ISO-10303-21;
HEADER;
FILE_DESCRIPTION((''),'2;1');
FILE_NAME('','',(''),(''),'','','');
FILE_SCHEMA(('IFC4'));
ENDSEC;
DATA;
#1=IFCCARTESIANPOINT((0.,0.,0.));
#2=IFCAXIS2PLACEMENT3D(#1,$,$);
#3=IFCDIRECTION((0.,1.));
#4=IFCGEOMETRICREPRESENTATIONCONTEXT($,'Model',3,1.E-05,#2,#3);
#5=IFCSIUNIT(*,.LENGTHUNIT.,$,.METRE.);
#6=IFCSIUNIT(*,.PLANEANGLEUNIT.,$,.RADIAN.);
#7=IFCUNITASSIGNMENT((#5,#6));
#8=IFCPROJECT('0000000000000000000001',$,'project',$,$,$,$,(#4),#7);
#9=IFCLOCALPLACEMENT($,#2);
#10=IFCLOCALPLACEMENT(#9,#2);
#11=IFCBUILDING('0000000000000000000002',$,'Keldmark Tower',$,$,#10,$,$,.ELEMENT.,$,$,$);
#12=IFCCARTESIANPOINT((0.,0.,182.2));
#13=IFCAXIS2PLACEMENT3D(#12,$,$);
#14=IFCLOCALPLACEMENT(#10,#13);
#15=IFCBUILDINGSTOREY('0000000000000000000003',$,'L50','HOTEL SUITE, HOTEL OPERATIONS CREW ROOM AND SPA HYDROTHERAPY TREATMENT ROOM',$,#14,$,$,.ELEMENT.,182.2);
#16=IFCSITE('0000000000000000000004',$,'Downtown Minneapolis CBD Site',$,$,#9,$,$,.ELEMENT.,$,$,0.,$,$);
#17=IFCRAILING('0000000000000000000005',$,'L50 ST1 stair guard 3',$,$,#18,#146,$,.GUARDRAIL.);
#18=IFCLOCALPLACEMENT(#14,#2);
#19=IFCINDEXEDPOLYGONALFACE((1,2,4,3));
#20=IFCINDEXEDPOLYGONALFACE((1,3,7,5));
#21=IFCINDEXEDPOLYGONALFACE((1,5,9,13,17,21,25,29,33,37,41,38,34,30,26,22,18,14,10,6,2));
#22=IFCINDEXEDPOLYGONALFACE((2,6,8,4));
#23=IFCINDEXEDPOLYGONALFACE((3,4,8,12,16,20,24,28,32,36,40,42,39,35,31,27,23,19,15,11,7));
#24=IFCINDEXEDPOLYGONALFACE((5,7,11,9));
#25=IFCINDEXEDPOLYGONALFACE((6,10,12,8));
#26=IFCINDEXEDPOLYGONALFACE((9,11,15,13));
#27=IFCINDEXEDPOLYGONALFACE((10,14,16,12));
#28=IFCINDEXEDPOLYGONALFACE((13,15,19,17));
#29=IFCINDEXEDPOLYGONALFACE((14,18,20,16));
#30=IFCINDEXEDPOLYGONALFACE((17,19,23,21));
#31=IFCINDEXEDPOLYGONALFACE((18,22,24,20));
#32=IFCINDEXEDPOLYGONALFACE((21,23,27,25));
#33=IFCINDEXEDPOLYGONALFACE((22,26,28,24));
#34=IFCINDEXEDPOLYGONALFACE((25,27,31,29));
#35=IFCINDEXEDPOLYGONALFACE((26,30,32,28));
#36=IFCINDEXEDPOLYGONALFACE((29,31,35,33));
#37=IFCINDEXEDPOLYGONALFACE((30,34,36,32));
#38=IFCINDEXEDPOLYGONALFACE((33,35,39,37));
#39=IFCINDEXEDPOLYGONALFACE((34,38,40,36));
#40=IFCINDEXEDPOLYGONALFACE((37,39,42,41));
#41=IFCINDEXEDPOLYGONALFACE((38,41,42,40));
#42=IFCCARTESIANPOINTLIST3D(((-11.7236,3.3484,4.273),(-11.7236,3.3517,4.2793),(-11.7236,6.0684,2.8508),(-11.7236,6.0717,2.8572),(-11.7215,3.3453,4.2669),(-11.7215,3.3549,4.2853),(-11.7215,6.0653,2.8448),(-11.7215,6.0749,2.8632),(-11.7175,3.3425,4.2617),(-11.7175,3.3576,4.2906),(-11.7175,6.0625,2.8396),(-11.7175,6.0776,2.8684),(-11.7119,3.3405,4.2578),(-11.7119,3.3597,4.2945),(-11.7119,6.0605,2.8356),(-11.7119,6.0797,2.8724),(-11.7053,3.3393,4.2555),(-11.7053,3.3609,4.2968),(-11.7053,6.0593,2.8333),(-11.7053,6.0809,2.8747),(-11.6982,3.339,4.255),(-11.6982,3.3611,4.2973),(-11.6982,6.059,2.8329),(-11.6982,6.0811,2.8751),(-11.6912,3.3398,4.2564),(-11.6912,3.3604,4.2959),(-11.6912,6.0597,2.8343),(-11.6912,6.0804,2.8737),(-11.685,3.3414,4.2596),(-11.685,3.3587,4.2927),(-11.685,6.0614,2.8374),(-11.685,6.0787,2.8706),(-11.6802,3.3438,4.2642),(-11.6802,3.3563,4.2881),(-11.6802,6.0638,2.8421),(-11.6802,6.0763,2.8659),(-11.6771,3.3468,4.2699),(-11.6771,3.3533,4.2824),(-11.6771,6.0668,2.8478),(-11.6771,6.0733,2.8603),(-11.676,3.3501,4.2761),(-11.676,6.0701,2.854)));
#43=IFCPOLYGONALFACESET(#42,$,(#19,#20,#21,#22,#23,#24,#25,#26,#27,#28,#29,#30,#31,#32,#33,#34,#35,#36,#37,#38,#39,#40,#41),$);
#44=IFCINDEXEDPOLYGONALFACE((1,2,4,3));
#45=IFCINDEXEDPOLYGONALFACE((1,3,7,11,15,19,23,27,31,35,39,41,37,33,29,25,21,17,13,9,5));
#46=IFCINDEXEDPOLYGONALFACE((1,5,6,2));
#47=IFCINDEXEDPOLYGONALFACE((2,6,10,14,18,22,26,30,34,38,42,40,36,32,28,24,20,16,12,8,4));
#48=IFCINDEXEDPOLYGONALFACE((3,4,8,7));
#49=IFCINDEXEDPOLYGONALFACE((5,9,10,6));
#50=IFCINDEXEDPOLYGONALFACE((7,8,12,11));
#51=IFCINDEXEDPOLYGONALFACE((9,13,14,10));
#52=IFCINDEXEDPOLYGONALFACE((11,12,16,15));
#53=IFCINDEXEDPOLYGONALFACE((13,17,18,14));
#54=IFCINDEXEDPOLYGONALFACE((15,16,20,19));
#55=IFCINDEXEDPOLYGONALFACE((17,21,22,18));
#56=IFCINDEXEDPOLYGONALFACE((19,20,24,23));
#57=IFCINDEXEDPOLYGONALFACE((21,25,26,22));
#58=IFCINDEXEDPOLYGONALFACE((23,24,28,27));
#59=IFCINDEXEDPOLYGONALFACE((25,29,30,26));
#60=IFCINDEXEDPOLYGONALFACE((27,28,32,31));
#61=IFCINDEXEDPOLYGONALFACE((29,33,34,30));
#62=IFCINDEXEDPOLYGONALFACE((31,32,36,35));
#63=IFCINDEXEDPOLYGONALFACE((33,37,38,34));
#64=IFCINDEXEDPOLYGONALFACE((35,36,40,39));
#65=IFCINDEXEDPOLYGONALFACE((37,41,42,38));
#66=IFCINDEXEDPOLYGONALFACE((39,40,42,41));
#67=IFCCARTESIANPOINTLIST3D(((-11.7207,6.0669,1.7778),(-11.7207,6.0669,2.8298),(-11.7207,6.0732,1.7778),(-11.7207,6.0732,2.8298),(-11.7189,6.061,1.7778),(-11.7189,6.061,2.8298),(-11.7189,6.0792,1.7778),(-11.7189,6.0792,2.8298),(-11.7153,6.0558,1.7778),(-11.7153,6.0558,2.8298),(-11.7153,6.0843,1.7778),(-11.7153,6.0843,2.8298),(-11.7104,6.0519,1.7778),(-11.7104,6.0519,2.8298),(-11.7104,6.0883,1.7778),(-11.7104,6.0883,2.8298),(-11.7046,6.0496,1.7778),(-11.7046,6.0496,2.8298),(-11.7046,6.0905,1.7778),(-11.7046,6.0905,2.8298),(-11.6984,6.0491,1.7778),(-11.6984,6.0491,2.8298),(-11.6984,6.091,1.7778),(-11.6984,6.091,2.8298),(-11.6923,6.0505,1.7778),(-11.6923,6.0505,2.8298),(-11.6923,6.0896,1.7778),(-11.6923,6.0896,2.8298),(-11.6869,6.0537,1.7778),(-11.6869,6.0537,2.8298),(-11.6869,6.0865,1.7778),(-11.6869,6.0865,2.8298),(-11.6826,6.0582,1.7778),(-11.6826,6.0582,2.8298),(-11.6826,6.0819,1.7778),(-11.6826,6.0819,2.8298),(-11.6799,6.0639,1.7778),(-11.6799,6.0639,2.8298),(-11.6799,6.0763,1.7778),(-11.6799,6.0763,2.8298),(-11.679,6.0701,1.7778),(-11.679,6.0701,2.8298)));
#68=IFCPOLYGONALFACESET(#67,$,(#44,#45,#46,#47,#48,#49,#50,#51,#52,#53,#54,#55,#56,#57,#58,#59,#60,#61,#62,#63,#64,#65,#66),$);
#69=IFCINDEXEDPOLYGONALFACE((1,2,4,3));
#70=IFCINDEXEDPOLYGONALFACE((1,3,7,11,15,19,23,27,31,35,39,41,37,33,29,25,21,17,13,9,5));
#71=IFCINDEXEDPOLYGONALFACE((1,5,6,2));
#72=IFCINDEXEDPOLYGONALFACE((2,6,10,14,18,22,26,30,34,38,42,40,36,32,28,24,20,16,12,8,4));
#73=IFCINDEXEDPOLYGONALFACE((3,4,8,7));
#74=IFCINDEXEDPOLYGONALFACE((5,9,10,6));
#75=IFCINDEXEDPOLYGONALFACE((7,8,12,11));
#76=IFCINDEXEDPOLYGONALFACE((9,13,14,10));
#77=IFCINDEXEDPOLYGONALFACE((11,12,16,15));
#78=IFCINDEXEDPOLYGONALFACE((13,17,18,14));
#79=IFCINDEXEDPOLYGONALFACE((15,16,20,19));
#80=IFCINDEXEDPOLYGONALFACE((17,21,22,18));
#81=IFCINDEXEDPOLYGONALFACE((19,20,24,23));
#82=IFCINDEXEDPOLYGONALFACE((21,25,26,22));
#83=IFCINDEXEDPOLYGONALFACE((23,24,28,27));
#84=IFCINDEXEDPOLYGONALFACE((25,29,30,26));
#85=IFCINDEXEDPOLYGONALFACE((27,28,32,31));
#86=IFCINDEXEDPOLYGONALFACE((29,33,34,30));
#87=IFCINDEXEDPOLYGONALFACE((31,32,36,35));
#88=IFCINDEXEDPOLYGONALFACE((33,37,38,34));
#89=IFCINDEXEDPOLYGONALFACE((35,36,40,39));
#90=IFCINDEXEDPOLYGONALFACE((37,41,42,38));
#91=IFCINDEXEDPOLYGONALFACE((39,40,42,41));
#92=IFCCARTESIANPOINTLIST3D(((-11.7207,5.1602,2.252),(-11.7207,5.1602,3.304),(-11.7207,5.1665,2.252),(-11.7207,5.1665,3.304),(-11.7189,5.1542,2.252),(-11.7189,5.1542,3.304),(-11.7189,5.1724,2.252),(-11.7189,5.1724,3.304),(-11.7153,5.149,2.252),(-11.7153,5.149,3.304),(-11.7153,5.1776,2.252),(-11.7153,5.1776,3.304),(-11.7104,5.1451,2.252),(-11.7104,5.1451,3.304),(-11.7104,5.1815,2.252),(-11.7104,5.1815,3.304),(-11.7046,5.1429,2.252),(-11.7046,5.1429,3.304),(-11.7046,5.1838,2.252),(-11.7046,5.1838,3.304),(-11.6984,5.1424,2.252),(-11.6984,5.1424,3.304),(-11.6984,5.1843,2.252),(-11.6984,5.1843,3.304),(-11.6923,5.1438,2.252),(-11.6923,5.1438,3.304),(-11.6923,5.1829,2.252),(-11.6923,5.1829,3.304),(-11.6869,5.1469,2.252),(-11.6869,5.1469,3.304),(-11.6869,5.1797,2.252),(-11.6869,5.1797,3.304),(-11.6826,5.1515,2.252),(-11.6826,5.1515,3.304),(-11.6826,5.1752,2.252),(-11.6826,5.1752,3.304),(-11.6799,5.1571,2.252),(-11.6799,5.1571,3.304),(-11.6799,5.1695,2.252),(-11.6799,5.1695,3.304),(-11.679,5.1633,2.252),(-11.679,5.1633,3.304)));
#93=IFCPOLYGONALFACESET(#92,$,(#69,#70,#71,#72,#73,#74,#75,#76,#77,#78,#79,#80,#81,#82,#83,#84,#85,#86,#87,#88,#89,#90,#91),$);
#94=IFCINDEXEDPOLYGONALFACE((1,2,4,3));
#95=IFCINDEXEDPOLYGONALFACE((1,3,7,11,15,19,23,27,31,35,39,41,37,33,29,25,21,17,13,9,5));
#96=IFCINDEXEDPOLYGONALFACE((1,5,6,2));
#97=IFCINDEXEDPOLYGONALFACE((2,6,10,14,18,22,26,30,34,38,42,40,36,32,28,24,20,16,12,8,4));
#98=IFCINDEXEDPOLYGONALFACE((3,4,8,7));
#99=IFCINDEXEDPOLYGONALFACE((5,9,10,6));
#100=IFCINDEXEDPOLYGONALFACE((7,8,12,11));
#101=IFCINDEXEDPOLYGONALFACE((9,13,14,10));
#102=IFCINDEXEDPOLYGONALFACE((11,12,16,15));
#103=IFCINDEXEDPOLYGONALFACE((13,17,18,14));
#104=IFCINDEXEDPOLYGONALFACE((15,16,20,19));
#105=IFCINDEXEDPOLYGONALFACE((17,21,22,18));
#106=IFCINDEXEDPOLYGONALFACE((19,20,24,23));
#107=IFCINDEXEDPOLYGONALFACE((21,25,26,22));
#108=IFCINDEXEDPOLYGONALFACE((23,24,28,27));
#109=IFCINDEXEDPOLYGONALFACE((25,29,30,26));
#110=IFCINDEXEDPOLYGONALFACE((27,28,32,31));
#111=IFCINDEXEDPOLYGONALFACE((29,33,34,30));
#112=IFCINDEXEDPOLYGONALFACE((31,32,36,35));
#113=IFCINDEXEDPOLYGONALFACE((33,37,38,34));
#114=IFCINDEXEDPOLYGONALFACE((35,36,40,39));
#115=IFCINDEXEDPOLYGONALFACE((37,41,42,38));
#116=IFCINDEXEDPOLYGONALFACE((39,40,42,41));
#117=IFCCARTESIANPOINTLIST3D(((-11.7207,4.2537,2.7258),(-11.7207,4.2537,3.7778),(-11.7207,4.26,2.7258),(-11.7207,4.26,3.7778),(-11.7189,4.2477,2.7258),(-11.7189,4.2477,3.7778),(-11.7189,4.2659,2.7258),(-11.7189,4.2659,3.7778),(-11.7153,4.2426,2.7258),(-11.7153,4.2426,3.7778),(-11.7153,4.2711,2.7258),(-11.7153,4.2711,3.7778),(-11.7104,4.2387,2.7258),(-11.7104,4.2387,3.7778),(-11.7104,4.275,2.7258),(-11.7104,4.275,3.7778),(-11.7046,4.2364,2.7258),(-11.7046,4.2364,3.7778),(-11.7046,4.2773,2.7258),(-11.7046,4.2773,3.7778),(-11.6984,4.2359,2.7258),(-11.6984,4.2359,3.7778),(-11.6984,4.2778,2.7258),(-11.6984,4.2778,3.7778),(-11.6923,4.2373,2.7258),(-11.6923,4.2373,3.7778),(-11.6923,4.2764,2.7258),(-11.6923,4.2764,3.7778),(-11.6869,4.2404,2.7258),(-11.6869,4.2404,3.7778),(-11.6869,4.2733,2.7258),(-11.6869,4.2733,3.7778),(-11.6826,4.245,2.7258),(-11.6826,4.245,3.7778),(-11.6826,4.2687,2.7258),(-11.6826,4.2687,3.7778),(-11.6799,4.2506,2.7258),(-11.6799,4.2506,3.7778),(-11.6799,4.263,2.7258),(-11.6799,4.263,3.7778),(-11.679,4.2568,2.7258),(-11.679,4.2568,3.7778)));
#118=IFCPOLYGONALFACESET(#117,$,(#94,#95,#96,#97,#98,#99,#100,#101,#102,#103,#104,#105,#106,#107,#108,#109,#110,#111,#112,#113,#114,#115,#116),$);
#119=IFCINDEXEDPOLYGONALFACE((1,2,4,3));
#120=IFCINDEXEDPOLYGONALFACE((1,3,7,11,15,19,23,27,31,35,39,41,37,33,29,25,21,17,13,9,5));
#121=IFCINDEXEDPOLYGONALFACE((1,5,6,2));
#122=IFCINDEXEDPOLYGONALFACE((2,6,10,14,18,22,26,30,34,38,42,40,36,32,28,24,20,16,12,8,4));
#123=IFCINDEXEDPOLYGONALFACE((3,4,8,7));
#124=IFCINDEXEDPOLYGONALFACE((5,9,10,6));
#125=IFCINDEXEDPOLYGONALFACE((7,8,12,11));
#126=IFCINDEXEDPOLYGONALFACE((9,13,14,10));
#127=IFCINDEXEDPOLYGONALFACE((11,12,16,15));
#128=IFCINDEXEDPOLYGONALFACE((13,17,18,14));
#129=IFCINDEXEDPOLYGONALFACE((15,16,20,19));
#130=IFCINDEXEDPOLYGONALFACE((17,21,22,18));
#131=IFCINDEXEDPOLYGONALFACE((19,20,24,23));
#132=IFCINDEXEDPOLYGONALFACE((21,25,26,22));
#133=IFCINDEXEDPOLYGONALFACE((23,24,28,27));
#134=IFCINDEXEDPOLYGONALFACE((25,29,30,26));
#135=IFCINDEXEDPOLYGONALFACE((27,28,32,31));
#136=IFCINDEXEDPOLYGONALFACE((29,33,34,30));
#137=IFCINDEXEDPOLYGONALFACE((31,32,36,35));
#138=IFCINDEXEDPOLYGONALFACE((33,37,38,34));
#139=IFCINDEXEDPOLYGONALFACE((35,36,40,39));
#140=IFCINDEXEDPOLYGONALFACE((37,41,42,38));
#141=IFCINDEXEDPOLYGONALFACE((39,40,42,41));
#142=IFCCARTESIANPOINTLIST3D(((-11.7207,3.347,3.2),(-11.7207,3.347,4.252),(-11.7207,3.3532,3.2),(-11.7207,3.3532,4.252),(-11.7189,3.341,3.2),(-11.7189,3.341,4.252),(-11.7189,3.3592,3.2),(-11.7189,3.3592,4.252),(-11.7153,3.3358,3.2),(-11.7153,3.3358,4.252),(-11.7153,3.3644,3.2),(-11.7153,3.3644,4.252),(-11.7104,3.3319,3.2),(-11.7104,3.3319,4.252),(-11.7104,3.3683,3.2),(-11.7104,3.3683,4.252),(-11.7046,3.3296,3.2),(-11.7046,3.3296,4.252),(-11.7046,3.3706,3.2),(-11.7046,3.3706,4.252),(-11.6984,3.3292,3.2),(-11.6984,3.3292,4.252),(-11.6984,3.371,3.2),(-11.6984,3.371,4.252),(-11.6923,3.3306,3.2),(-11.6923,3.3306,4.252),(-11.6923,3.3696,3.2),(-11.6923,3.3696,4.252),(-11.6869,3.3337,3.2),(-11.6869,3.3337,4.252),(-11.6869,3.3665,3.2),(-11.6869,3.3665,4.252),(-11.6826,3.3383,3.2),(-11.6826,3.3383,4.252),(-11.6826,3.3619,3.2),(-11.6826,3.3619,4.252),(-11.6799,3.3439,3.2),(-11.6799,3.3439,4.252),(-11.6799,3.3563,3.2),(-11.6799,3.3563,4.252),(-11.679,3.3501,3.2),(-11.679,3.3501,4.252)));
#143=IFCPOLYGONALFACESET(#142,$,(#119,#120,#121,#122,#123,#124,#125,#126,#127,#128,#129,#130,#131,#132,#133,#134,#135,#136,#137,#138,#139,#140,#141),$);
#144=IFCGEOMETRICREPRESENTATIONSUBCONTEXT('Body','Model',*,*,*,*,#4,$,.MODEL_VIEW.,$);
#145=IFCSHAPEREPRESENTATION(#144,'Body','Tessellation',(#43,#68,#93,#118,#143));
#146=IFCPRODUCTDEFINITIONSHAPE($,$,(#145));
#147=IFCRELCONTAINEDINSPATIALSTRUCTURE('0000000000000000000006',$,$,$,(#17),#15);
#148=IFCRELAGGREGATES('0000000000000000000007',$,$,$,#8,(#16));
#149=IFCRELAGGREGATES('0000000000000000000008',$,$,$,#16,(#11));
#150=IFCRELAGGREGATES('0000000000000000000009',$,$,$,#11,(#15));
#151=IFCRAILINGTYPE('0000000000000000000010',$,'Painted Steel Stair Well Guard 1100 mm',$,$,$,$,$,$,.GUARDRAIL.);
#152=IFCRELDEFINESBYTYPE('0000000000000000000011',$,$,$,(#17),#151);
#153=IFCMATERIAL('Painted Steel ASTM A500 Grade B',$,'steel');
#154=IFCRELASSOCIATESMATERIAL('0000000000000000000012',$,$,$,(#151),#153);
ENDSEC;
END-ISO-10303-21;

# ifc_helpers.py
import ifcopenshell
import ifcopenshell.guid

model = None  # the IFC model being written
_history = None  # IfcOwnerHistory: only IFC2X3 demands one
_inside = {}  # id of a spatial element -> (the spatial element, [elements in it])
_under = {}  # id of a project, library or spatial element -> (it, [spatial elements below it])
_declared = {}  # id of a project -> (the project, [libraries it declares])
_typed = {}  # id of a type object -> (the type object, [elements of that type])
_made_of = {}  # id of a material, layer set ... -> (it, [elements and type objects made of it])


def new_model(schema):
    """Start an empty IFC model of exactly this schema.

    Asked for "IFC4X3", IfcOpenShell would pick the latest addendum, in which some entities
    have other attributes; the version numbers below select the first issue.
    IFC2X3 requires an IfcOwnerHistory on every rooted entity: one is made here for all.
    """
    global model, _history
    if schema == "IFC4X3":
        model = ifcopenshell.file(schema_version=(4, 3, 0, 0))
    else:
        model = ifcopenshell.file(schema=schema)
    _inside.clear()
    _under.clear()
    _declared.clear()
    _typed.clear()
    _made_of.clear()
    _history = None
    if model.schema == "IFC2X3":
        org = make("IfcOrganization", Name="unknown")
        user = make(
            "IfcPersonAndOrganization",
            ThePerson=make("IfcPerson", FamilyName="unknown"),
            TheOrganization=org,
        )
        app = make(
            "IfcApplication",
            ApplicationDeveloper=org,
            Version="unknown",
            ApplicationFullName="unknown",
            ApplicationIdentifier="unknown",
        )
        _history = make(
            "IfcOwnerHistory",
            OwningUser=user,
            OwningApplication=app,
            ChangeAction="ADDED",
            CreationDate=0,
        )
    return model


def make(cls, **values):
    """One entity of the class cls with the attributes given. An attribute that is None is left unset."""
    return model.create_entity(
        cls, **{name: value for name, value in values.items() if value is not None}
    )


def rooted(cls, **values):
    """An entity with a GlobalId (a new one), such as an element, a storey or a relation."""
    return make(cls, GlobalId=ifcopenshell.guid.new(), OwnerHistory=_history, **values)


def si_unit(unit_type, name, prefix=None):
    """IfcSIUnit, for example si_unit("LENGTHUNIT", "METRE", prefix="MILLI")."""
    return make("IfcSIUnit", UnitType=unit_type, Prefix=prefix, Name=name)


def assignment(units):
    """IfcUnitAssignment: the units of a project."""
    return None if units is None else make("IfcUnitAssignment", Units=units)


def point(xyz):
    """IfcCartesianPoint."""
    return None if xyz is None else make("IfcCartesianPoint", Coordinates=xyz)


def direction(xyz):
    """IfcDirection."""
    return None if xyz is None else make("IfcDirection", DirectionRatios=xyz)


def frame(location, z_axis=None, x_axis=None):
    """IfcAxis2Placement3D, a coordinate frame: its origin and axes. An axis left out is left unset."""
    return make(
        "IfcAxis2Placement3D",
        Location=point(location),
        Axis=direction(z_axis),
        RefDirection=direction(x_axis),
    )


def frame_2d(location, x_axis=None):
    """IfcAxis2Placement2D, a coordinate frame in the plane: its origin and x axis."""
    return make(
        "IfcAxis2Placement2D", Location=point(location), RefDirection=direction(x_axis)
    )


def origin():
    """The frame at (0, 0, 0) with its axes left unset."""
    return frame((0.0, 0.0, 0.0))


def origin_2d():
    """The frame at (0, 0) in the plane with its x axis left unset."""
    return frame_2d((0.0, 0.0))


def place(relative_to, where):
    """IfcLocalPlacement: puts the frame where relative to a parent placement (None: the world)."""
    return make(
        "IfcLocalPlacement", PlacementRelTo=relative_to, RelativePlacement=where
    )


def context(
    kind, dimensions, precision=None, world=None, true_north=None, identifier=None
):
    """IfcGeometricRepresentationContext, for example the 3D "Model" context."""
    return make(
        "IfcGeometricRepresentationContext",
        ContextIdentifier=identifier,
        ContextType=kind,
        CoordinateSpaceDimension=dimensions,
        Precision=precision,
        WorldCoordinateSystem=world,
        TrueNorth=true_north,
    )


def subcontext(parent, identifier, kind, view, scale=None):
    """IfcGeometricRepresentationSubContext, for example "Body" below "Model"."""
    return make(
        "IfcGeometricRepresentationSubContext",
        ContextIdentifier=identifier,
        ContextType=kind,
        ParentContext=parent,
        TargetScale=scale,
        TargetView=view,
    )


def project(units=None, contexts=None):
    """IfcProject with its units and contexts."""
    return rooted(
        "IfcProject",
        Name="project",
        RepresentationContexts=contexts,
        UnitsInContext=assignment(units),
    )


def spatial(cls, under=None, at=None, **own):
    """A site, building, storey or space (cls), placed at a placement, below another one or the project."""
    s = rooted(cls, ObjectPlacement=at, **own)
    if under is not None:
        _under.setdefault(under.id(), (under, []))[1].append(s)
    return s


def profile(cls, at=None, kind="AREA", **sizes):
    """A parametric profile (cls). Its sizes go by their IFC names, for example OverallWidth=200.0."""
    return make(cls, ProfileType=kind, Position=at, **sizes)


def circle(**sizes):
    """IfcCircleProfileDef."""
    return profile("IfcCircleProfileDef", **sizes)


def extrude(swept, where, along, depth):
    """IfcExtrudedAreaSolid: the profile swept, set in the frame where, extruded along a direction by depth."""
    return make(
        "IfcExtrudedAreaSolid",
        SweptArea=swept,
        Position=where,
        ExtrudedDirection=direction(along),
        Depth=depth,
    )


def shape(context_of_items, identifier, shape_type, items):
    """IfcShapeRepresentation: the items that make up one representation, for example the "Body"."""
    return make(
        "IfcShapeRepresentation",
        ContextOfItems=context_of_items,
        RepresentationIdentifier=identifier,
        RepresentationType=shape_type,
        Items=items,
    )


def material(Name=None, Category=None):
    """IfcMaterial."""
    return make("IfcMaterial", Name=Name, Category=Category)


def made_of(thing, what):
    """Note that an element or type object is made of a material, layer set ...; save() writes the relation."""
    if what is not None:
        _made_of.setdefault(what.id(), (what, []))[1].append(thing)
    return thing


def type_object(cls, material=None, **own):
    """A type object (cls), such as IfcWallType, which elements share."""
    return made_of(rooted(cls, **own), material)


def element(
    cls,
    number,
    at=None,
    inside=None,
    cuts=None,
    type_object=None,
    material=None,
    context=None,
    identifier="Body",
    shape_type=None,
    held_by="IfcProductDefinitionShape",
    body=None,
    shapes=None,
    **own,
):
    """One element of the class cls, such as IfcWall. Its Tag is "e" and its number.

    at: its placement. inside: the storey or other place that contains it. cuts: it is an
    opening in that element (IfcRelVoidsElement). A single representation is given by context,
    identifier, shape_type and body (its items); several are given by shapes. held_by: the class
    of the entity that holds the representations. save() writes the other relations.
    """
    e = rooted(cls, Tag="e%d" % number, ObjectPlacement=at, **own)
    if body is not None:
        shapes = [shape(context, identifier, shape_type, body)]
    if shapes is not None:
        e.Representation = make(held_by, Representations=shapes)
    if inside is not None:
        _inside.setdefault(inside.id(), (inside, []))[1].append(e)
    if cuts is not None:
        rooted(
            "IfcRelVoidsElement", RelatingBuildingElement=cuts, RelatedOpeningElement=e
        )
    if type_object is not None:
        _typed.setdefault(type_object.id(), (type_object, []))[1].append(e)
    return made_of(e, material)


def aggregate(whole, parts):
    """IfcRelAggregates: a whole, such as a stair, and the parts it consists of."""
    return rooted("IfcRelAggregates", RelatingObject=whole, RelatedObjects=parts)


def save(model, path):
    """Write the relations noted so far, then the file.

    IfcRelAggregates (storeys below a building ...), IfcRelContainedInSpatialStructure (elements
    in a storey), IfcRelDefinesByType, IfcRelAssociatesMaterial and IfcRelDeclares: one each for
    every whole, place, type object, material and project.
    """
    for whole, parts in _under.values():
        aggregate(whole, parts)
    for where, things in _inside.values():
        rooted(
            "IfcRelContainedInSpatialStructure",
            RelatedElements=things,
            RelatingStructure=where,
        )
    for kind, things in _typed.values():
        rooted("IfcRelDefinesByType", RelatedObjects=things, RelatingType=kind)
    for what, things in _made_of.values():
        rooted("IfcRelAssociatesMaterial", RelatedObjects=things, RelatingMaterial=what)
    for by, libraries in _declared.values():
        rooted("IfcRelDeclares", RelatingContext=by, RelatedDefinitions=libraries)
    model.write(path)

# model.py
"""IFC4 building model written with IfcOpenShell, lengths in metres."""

from ifc_helpers import new_model, si_unit, direction, frame, origin, origin_2d, place, context, subcontext, project, spatial, circle, extrude, material, type_object, element, save


model = new_model("IFC4")

# Units and contexts
model_context = context("Model", 3, precision=1e-05, world=origin(), true_north=direction((0.0, 1.0)))
body_context = subcontext(model_context, "Body", "Model", "MODEL_VIEW")
ifc_project = project(units=[si_unit("LENGTHUNIT", "METRE"), si_unit("PLANEANGLEUNIT", "RADIAN")], contexts=[model_context])

# Site, building, storey
site_placement = place(None, origin())
site = spatial("IfcSite", under=ifc_project, at=site_placement, Name="Downtown Minneapolis CBD Site", CompositionType="ELEMENT", RefElevation=0.0)
building_placement = place(site_placement, origin())
building = spatial("IfcBuilding", under=site, at=building_placement, Name="Keldmark Tower", CompositionType="ELEMENT")
storey_placement = place(building_placement, frame((0.0, 0.0, 182.2)))
storey = spatial("IfcBuildingStorey", under=building, at=storey_placement, Name="L50", Description="HOTEL SUITE, HOTEL OPERATIONS CREW ROOM AND SPA HYDROTHERAPY TREATMENT ROOM", CompositionType="ELEMENT", Elevation=182.2)

# Railing
ifc_material_1 = material(Name="Painted Steel ASTM A500 Grade B", Category="steel")
railing_type_1 = type_object("IfcRailingType", Name="Painted Steel Stair Well Guard 1100 mm", PredefinedType="GUARDRAIL", material=ifc_material_1)
railing_1_placement = place(storey_placement, frame((-11.7, 6.0701, 1.7778)))
element("IfcRailing", 1, at=railing_1_placement, inside=storey, type_object=railing_type_1, Name="L50 ST1 stair guard 3", PredefinedType="GUARDRAIL", context=body_context, shape_type="SweptSolid", body=[
    extrude(circle(Radius=0.0239, at=origin_2d()), frame((0.0, 0.0, 1.0762), z_axis=(0.0, -0.886183, 0.463335), x_axis=(1.0, 0.0, 0.0)), (0.0, 0.0, 1.0), 3.0693),
    extrude(circle(Radius=0.021, at=origin_2d()), origin(), (0.0, 0.0, 1.0), 1.052),
    extrude(circle(Radius=0.021, at=origin_2d()), frame((0.0, -0.9067, 0.4741)), (0.0, 0.0, 1.0), 1.052),
    extrude(circle(Radius=0.021, at=origin_2d()), frame((0.0, -1.8132, 0.948)), (0.0, 0.0, 1.0), 1.052),
    extrude(circle(Radius=0.021, at=origin_2d()), frame((0.0, -2.72, 1.4221)), (0.0, 0.0, 1.0), 1.052),
])

save(model, "model.ifc")
